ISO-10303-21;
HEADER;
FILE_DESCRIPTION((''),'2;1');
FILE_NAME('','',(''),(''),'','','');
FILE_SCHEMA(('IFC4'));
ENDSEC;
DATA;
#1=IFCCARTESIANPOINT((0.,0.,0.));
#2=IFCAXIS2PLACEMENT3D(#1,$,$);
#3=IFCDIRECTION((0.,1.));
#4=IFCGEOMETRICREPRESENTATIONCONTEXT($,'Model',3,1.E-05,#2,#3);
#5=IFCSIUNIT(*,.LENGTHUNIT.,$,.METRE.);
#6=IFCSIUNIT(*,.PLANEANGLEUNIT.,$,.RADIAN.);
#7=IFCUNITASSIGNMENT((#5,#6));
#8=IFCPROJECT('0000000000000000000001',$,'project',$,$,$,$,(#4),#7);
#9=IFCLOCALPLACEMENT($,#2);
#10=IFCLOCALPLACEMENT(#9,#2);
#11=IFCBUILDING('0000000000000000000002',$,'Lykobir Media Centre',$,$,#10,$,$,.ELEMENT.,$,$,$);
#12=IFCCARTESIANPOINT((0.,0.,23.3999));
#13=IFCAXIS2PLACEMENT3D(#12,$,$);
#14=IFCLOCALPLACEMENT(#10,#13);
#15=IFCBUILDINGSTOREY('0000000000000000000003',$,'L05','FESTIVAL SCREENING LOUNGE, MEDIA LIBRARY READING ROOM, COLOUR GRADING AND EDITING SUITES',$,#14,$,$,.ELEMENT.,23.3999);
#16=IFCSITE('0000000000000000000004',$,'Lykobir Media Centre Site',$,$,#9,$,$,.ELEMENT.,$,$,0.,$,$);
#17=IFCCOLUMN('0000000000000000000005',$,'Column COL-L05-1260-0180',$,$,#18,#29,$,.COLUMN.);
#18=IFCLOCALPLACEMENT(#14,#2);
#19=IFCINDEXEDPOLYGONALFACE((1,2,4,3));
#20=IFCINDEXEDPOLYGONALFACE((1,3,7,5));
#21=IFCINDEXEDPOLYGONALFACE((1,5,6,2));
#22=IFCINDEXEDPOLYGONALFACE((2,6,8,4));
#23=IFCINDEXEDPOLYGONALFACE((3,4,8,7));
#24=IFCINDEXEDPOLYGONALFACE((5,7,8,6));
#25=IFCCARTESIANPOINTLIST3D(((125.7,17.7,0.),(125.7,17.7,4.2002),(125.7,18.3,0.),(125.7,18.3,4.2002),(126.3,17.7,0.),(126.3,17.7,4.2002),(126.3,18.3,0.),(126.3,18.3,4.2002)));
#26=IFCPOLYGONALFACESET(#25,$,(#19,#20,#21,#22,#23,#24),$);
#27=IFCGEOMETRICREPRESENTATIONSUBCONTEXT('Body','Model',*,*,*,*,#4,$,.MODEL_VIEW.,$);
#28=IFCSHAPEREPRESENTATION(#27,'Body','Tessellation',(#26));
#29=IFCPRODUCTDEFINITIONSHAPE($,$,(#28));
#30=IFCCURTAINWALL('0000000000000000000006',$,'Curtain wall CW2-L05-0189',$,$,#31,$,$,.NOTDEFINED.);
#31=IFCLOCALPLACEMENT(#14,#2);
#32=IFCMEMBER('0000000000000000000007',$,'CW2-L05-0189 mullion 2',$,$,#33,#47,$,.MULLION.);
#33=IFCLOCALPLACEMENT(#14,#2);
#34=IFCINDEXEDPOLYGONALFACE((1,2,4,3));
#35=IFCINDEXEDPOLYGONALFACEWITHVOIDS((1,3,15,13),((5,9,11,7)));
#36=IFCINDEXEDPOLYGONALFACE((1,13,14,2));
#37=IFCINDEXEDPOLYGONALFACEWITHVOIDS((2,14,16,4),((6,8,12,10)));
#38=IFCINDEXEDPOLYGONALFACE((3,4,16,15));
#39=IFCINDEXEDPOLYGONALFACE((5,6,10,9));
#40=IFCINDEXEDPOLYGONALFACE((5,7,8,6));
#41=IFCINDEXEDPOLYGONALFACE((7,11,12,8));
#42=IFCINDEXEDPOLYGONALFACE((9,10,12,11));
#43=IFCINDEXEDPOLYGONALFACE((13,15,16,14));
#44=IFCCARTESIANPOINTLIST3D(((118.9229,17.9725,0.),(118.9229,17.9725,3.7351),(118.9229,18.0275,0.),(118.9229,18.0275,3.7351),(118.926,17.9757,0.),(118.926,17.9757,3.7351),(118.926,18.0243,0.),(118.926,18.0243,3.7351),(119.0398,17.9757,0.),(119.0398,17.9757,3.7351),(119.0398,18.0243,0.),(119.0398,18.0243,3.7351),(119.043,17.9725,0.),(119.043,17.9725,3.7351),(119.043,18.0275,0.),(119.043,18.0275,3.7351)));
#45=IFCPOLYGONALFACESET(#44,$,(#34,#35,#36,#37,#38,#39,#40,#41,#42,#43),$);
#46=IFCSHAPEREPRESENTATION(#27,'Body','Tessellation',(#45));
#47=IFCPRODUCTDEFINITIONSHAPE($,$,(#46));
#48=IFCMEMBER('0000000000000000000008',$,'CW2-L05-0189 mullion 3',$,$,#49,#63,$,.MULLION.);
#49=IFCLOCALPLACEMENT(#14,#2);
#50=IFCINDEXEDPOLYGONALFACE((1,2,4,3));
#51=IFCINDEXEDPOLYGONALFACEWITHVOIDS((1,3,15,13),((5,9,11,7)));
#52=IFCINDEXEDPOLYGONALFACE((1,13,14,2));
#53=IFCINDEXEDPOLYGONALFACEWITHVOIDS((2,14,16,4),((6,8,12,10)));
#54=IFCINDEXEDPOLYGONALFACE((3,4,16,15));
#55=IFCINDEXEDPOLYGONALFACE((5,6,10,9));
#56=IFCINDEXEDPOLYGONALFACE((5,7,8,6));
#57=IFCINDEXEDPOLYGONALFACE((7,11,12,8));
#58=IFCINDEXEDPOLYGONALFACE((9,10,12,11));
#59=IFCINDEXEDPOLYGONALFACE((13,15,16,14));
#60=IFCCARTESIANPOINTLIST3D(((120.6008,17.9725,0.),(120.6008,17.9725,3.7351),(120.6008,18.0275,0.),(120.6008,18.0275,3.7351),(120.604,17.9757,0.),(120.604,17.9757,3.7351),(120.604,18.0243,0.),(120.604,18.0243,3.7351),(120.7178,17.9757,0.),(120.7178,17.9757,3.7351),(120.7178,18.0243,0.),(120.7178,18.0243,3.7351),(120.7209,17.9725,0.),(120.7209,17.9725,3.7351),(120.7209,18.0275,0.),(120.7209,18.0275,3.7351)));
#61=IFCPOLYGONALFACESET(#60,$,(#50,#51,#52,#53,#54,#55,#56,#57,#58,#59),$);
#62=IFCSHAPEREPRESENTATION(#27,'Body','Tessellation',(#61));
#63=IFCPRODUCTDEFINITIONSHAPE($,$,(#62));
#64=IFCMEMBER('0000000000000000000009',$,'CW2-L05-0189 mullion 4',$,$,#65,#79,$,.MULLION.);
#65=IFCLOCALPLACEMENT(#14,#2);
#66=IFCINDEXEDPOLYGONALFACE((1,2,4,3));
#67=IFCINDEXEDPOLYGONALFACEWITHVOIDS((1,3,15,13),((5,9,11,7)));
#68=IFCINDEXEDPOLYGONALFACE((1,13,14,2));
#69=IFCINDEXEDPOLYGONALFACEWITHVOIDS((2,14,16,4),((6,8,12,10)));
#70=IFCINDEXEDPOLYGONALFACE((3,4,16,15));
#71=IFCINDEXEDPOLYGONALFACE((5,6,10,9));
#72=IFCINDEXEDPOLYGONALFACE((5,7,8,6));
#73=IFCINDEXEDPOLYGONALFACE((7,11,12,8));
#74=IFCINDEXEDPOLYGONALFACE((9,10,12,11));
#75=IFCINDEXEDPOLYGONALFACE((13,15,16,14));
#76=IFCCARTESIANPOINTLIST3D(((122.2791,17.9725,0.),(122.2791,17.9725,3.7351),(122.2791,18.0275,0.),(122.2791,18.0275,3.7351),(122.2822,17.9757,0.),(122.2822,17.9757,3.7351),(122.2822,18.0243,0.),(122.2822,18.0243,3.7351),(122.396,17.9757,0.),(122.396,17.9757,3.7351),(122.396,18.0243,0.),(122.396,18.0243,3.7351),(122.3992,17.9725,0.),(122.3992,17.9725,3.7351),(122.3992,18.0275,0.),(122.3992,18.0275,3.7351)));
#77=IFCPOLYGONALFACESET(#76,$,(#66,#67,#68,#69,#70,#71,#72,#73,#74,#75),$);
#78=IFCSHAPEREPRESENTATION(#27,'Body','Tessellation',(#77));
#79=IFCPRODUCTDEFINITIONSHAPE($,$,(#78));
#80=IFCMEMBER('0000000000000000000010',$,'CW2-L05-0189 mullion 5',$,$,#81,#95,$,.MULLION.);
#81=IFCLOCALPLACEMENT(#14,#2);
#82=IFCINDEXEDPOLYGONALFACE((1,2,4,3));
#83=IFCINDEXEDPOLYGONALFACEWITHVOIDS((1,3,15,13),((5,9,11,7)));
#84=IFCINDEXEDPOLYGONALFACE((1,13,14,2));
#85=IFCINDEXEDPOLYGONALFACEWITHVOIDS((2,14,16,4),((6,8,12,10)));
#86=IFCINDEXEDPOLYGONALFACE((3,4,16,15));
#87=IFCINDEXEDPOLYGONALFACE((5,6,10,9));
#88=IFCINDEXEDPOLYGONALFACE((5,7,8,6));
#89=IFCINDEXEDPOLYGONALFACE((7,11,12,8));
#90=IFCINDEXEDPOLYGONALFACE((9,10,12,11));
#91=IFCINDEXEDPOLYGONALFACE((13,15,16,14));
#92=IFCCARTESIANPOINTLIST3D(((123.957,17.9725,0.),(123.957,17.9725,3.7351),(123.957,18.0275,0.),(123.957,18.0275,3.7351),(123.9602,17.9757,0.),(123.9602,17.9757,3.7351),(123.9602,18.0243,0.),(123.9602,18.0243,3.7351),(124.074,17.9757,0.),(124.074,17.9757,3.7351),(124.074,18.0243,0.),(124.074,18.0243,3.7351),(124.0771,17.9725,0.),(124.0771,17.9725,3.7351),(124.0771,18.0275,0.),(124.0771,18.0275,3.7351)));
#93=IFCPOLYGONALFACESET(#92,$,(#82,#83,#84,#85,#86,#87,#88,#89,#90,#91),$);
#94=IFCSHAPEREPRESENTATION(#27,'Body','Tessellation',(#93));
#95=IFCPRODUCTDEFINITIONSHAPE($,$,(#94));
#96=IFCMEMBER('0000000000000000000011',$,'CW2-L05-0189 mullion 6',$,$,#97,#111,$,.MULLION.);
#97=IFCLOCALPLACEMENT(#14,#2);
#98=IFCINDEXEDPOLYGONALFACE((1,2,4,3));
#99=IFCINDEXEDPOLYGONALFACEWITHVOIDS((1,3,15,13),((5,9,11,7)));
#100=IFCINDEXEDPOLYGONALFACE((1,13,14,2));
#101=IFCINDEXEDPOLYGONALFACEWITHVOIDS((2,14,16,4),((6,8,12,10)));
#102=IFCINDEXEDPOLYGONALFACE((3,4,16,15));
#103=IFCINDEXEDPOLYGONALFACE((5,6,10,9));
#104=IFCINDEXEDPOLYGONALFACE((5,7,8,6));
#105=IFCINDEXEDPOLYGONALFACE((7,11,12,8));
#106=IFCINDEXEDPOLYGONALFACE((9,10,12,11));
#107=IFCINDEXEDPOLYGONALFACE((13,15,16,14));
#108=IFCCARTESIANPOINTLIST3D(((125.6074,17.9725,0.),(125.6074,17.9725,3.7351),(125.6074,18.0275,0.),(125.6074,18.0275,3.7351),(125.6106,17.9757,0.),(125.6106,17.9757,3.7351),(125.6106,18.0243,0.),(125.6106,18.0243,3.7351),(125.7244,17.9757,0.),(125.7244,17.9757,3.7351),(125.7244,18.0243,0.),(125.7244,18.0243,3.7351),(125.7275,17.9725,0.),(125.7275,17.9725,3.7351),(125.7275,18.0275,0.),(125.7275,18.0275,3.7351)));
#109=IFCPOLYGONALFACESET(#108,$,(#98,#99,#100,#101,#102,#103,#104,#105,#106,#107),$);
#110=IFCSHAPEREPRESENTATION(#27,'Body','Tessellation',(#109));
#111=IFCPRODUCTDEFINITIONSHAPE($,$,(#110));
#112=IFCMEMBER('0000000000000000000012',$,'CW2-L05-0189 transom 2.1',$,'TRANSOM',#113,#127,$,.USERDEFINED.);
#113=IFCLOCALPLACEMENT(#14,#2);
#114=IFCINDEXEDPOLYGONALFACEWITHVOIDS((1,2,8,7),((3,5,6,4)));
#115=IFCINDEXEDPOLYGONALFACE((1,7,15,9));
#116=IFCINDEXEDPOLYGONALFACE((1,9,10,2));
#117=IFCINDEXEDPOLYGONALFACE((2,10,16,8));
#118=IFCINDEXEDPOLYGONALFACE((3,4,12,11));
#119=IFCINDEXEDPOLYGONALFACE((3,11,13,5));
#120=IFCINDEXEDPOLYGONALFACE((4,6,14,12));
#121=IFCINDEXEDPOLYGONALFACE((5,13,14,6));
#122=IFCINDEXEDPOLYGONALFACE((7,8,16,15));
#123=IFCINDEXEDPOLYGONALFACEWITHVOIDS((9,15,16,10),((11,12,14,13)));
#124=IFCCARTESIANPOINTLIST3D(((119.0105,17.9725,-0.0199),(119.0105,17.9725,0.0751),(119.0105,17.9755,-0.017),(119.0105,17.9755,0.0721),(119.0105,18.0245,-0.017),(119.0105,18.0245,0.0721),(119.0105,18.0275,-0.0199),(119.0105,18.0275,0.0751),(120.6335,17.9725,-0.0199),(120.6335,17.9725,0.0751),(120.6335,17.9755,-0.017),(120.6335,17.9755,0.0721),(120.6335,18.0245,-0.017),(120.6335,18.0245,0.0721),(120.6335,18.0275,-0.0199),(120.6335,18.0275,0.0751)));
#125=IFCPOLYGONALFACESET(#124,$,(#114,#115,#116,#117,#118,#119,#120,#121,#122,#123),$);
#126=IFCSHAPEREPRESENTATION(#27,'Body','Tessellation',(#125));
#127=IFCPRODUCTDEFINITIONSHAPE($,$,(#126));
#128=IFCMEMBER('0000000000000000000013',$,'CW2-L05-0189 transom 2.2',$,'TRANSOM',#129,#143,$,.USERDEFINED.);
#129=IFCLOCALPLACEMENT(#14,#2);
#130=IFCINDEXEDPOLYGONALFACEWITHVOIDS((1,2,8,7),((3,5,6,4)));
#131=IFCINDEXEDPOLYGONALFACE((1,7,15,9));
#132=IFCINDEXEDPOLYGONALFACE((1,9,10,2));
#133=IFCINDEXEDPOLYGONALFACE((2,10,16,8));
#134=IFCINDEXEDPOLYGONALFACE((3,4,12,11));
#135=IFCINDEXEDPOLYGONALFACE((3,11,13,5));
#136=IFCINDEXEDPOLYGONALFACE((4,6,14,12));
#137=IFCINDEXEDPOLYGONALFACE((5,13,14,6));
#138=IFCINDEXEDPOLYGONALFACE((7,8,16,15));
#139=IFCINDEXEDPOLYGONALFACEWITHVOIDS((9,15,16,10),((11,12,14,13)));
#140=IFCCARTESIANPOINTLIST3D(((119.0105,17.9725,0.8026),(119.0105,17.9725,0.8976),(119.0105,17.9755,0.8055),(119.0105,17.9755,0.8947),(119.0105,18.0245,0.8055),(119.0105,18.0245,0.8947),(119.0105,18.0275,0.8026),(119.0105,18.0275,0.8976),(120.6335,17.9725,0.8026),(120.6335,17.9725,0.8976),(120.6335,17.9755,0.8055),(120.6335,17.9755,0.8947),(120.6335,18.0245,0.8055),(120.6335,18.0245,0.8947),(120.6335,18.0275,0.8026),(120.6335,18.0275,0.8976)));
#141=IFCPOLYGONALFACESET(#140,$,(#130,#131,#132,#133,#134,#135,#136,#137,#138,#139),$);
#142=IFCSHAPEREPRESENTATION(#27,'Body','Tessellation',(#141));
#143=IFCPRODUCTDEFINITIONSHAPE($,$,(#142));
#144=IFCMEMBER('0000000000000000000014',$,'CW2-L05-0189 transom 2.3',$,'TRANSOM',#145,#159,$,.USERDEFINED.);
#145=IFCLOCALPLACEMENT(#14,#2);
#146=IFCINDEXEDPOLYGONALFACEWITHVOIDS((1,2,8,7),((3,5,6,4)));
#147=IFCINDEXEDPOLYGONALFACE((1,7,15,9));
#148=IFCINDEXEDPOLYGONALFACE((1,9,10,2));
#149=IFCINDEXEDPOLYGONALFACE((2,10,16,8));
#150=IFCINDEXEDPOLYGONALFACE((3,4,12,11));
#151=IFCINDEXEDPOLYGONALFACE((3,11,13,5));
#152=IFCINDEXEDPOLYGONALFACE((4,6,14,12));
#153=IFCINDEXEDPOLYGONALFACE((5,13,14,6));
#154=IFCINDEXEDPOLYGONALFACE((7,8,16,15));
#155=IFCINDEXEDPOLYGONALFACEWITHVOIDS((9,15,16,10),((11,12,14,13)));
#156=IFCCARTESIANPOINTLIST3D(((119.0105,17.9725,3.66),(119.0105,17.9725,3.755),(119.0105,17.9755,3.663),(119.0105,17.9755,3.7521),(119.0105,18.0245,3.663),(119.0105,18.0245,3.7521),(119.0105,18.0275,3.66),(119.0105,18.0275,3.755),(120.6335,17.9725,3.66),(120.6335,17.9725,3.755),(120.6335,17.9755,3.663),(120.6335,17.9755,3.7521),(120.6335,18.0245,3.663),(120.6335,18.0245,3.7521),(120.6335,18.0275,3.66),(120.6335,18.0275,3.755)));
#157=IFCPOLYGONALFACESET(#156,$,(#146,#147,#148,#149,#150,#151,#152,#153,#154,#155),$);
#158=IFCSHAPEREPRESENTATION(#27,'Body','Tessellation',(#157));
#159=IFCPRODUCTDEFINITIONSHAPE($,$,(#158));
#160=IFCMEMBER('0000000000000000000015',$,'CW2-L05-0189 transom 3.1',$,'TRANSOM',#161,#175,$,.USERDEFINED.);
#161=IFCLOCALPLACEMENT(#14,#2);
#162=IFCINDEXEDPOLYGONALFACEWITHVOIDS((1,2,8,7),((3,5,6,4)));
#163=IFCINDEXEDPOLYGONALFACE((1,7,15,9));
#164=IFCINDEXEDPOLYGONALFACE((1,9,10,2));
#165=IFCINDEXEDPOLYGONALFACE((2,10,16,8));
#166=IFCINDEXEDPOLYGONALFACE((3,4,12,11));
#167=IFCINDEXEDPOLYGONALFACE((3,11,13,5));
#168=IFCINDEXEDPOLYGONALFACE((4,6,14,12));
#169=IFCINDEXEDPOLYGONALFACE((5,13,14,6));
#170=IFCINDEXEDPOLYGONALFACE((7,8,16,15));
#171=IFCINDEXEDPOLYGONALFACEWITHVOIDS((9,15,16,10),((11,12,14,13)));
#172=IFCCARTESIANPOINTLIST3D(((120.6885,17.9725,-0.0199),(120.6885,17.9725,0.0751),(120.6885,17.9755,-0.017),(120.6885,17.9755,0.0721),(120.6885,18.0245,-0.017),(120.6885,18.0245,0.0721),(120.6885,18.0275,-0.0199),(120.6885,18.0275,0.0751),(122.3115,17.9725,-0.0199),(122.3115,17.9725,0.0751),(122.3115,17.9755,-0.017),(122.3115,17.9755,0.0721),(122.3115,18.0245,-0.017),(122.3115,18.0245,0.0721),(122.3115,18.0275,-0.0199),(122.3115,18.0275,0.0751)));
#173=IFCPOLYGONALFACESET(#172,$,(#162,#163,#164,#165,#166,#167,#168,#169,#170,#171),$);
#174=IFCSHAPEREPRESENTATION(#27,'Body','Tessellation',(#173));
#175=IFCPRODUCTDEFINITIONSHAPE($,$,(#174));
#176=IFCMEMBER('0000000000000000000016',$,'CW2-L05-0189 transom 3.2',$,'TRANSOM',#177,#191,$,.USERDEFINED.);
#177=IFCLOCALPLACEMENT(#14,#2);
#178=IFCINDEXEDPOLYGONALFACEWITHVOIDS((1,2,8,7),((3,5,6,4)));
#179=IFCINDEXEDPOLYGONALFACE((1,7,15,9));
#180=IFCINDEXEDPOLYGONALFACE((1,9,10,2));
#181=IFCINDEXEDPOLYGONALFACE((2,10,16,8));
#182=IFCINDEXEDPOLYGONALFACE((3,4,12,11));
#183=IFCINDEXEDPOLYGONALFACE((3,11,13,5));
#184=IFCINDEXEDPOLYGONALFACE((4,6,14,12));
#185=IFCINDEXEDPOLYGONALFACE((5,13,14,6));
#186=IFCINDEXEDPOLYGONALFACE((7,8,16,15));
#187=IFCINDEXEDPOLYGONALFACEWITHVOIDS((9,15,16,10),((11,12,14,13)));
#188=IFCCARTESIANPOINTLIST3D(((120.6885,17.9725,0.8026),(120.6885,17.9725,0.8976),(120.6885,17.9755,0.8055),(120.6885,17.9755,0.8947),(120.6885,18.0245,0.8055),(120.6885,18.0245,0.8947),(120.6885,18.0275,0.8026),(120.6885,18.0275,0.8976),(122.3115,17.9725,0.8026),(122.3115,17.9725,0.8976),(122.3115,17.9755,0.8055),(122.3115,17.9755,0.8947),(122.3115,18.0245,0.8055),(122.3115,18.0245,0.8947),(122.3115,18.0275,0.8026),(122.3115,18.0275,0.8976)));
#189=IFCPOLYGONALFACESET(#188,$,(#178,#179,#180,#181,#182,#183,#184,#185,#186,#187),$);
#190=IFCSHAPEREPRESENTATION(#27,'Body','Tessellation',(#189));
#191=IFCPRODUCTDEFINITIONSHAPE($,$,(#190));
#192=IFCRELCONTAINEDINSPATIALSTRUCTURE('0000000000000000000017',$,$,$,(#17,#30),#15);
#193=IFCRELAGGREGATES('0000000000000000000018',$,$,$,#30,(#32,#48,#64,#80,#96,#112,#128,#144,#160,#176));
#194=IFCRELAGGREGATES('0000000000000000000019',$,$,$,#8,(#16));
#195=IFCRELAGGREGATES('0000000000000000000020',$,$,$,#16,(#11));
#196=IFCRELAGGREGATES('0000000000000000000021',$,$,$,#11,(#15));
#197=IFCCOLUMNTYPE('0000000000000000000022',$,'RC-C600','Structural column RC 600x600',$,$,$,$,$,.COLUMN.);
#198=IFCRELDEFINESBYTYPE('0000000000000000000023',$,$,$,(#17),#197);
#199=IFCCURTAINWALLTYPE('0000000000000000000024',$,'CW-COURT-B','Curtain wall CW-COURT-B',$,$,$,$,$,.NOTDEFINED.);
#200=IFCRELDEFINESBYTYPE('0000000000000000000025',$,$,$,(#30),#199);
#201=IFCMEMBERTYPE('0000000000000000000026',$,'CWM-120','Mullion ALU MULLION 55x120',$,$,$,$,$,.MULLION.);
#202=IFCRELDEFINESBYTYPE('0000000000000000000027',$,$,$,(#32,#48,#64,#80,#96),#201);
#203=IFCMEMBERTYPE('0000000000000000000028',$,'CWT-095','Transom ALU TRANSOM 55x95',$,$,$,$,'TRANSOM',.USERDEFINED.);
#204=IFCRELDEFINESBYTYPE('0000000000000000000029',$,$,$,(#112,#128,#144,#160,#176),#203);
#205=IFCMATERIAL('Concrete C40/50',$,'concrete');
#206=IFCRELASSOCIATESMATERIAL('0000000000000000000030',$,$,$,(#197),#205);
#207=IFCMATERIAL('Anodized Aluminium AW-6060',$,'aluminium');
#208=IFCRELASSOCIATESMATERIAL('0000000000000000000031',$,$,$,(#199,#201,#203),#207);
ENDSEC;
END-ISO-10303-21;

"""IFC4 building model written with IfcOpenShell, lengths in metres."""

from ifc_helpers import new_model, si_unit, direction, frame, origin, origin_2d, place, context, subcontext, project, spatial, rectangle, hollow_rectangle, extrude, material, material_profile, profile_set, type_object, element, aggregate, save


model = new_model("IFC4")

# Units and contexts
model_context = context("Model", 3, precision=1e-05, world=origin(), true_north=direction((0.0, 1.0)))
body_context = subcontext(model_context, "Body", "Model", "MODEL_VIEW")
ifc_project = project(units=[si_unit("LENGTHUNIT", "METRE"), si_unit("PLANEANGLEUNIT", "RADIAN")], contexts=[model_context])

# Site, building, storey
site_placement = place(None, origin())
site = spatial("IfcSite", under=ifc_project, at=site_placement, Name="Lykobir Media Centre Site", CompositionType="ELEMENT", RefElevation=0.0)
building_placement = place(site_placement, origin())
building = spatial("IfcBuilding", under=site, at=building_placement, Name="Lykobir Media Centre", CompositionType="ELEMENT")
storey_placement = place(building_placement, frame((0.0, 0.0, 23.3999)))
storey = spatial("IfcBuildingStorey", under=building, at=storey_placement, Name="L05", Description="FESTIVAL SCREENING LOUNGE, MEDIA LIBRARY READING ROOM, COLOUR GRADING AND EDITING SUITES", CompositionType="ELEMENT", Elevation=23.3999)

# Column
ifc_material_1 = material(Name="Concrete C40/50", Category="concrete")
ifc_material_profile_1 = material_profile(ifc_material_1, rectangle(XDim=0.6001, YDim=0.6001, at=origin_2d()), Name="RC 600x600")
ifc_profile_set_1 = profile_set([ifc_material_profile_1], Name="Concrete C40/50")
column_type = type_object("IfcColumnType", Name="RC-C600", Description="Structural column RC 600x600", PredefinedType="COLUMN", material=ifc_profile_set_1)
column_placement = place(storey_placement, frame((126.0, 18.0, 0.0), z_axis=(0.0, 0.0, 1.0), x_axis=(1.0, 0.0, 0.0)))
element("IfcColumn", 1, at=column_placement, inside=storey, type_object=column_type, Name="Column COL-L05-1260-0180", PredefinedType="COLUMN", context=body_context, shape_type="SweptSolid", body=[
    extrude(rectangle(XDim=0.6001, YDim=0.6001, at=origin_2d()), origin(), (0.0, 0.0, 1.0), 4.2002),
])

# Curtain wall, members
ifc_material_2 = material(Name="Anodized Aluminium AW-6060", Category="aluminium")
curtain_wall_type = type_object("IfcCurtainWallType", Name="CW-COURT-B", Description="Curtain wall CW-COURT-B", PredefinedType="NOTDEFINED", material=ifc_material_2)
curtain_wall_placement = place(storey_placement, origin())
curtain_wall = element("IfcCurtainWall", 2, at=curtain_wall_placement, inside=storey, type_object=curtain_wall_type, Name="Curtain wall CW2-L05-0189", PredefinedType="NOTDEFINED")
ifc_material_profile_2 = material_profile(ifc_material_2, hollow_rectangle(XDim=0.0549, YDim=0.1201, WallThickness=0.0032, at=origin_2d()), Name="ALU MULLION 55x120")
ifc_profile_set_2 = profile_set([ifc_material_profile_2], Name="Anodized Aluminium AW-6060")
member_type_1 = type_object("IfcMemberType", Name="CWM-120", Description="Mullion ALU MULLION 55x120", PredefinedType="MULLION", material=ifc_profile_set_2)
member_1_placement = place(storey_placement, frame((118.9829, 18.0, 0.0), z_axis=(0.0, 0.0, 1.0), x_axis=(0.0, 1.0, 0.0)))
member_1 = element("IfcMember", 3, at=member_1_placement, type_object=member_type_1, Name="CW2-L05-0189 mullion 2", PredefinedType="MULLION", context=body_context, shape_type="SweptSolid", body=[
    extrude(hollow_rectangle(XDim=0.0549, YDim=0.1201, WallThickness=0.0032, at=origin_2d()), origin(), (0.0, 0.0, 1.0), 3.7351),
])
member_2_placement = place(storey_placement, frame((120.6609, 18.0, 0.0), z_axis=(0.0, 0.0, 1.0), x_axis=(0.0, 1.0, 0.0)))
member_2 = element("IfcMember", 4, at=member_2_placement, type_object=member_type_1, Name="CW2-L05-0189 mullion 3", PredefinedType="MULLION", context=body_context, shape_type="SweptSolid", body=[
    extrude(hollow_rectangle(XDim=0.0549, YDim=0.1201, WallThickness=0.0032, at=origin_2d()), origin(), (0.0, 0.0, 1.0), 3.7351),
])
member_3_placement = place(storey_placement, frame((122.3391, 18.0, 0.0), z_axis=(0.0, 0.0, 1.0), x_axis=(0.0, 1.0, 0.0)))
member_3 = element("IfcMember", 5, at=member_3_placement, type_object=member_type_1, Name="CW2-L05-0189 mullion 4", PredefinedType="MULLION", context=body_context, shape_type="SweptSolid", body=[
    extrude(hollow_rectangle(XDim=0.0549, YDim=0.1201, WallThickness=0.0032, at=origin_2d()), origin(), (0.0, 0.0, 1.0), 3.7351),
])
member_4_placement = place(storey_placement, frame((124.0171, 18.0, 0.0), z_axis=(0.0, 0.0, 1.0), x_axis=(0.0, 1.0, 0.0)))
member_4 = element("IfcMember", 6, at=member_4_placement, type_object=member_type_1, Name="CW2-L05-0189 mullion 5", PredefinedType="MULLION", context=body_context, shape_type="SweptSolid", body=[
    extrude(hollow_rectangle(XDim=0.0549, YDim=0.1201, WallThickness=0.0032, at=origin_2d()), origin(), (0.0, 0.0, 1.0), 3.7351),
])
member_5_placement = place(storey_placement, frame((125.6675, 18.0, 0.0), z_axis=(0.0, 0.0, 1.0), x_axis=(0.0, 1.0, 0.0)))
member_5 = element("IfcMember", 7, at=member_5_placement, type_object=member_type_1, Name="CW2-L05-0189 mullion 6", PredefinedType="MULLION", context=body_context, shape_type="SweptSolid", body=[
    extrude(hollow_rectangle(XDim=0.0549, YDim=0.1201, WallThickness=0.0032, at=origin_2d()), origin(), (0.0, 0.0, 1.0), 3.7351),
])
ifc_material_profile_3 = material_profile(ifc_material_2, hollow_rectangle(XDim=0.0549, YDim=0.095, WallThickness=0.0029, at=origin_2d()), Name="ALU TRANSOM 55x95")
ifc_profile_set_3 = profile_set([ifc_material_profile_3], Name="Anodized Aluminium AW-6060")
member_type_2 = type_object("IfcMemberType", Name="CWT-095", Description="Transom ALU TRANSOM 55x95", ElementType="TRANSOM", PredefinedType="USERDEFINED", material=ifc_profile_set_3)
member_6_placement = place(storey_placement, frame((119.0105, 18.0, 0.0276), z_axis=(1.0, 0.0, 0.0), x_axis=(0.0, 1.0, 0.0)))
member_6 = element("IfcMember", 8, at=member_6_placement, type_object=member_type_2, Name="CW2-L05-0189 transom 2.1", ObjectType="TRANSOM", PredefinedType="USERDEFINED", context=body_context, shape_type="SweptSolid", body=[
    extrude(hollow_rectangle(XDim=0.0549, YDim=0.095, WallThickness=0.0029, at=origin_2d()), origin(), (0.0, 0.0, 1.0), 1.623),
])
member_7_placement = place(storey_placement, frame((119.0105, 18.0, 0.8501), z_axis=(1.0, 0.0, 0.0), x_axis=(0.0, 1.0, 0.0)))
member_7 = element("IfcMember", 9, at=member_7_placement, type_object=member_type_2, Name="CW2-L05-0189 transom 2.2", ObjectType="TRANSOM", PredefinedType="USERDEFINED", context=body_context, shape_type="SweptSolid", body=[
    extrude(hollow_rectangle(XDim=0.0549, YDim=0.095, WallThickness=0.0029, at=origin_2d()), origin(), (0.0, 0.0, 1.0), 1.623),
])
member_8_placement = place(storey_placement, frame((119.0105, 18.0, 3.7075), z_axis=(1.0, 0.0, 0.0), x_axis=(0.0, 1.0, 0.0)))
member_8 = element("IfcMember", 10, at=member_8_placement, type_object=member_type_2, Name="CW2-L05-0189 transom 2.3", ObjectType="TRANSOM", PredefinedType="USERDEFINED", context=body_context, shape_type="SweptSolid", body=[
    extrude(hollow_rectangle(XDim=0.0549, YDim=0.095, WallThickness=0.0029, at=origin_2d()), origin(), (0.0, 0.0, 1.0), 1.623),
])
member_9_placement = place(storey_placement, frame((120.6885, 18.0, 0.0276), z_axis=(1.0, 0.0, 0.0), x_axis=(0.0, 1.0, 0.0)))
member_9 = element("IfcMember", 11, at=member_9_placement, type_object=member_type_2, Name="CW2-L05-0189 transom 3.1", ObjectType="TRANSOM", PredefinedType="USERDEFINED", context=body_context, shape_type="SweptSolid", body=[
    extrude(hollow_rectangle(XDim=0.0549, YDim=0.095, WallThickness=0.0029, at=origin_2d()), origin(), (0.0, 0.0, 1.0), 1.623),
])
member_10_placement = place(storey_placement, frame((120.6885, 18.0, 0.8501), z_axis=(1.0, 0.0, 0.0), x_axis=(0.0, 1.0, 0.0)))
member_10 = element("IfcMember", 12, at=member_10_placement, type_object=member_type_2, Name="CW2-L05-0189 transom 3.2", ObjectType="TRANSOM", PredefinedType="USERDEFINED", context=body_context, shape_type="SweptSolid", body=[
    extrude(hollow_rectangle(XDim=0.0549, YDim=0.095, WallThickness=0.0029, at=origin_2d()), origin(), (0.0, 0.0, 1.0), 1.623),
])
aggregate(curtain_wall, [member_1, member_2, member_3, member_4, member_5, member_6, member_7, member_8, member_9, member_10])

save(model, "model.ifc")
